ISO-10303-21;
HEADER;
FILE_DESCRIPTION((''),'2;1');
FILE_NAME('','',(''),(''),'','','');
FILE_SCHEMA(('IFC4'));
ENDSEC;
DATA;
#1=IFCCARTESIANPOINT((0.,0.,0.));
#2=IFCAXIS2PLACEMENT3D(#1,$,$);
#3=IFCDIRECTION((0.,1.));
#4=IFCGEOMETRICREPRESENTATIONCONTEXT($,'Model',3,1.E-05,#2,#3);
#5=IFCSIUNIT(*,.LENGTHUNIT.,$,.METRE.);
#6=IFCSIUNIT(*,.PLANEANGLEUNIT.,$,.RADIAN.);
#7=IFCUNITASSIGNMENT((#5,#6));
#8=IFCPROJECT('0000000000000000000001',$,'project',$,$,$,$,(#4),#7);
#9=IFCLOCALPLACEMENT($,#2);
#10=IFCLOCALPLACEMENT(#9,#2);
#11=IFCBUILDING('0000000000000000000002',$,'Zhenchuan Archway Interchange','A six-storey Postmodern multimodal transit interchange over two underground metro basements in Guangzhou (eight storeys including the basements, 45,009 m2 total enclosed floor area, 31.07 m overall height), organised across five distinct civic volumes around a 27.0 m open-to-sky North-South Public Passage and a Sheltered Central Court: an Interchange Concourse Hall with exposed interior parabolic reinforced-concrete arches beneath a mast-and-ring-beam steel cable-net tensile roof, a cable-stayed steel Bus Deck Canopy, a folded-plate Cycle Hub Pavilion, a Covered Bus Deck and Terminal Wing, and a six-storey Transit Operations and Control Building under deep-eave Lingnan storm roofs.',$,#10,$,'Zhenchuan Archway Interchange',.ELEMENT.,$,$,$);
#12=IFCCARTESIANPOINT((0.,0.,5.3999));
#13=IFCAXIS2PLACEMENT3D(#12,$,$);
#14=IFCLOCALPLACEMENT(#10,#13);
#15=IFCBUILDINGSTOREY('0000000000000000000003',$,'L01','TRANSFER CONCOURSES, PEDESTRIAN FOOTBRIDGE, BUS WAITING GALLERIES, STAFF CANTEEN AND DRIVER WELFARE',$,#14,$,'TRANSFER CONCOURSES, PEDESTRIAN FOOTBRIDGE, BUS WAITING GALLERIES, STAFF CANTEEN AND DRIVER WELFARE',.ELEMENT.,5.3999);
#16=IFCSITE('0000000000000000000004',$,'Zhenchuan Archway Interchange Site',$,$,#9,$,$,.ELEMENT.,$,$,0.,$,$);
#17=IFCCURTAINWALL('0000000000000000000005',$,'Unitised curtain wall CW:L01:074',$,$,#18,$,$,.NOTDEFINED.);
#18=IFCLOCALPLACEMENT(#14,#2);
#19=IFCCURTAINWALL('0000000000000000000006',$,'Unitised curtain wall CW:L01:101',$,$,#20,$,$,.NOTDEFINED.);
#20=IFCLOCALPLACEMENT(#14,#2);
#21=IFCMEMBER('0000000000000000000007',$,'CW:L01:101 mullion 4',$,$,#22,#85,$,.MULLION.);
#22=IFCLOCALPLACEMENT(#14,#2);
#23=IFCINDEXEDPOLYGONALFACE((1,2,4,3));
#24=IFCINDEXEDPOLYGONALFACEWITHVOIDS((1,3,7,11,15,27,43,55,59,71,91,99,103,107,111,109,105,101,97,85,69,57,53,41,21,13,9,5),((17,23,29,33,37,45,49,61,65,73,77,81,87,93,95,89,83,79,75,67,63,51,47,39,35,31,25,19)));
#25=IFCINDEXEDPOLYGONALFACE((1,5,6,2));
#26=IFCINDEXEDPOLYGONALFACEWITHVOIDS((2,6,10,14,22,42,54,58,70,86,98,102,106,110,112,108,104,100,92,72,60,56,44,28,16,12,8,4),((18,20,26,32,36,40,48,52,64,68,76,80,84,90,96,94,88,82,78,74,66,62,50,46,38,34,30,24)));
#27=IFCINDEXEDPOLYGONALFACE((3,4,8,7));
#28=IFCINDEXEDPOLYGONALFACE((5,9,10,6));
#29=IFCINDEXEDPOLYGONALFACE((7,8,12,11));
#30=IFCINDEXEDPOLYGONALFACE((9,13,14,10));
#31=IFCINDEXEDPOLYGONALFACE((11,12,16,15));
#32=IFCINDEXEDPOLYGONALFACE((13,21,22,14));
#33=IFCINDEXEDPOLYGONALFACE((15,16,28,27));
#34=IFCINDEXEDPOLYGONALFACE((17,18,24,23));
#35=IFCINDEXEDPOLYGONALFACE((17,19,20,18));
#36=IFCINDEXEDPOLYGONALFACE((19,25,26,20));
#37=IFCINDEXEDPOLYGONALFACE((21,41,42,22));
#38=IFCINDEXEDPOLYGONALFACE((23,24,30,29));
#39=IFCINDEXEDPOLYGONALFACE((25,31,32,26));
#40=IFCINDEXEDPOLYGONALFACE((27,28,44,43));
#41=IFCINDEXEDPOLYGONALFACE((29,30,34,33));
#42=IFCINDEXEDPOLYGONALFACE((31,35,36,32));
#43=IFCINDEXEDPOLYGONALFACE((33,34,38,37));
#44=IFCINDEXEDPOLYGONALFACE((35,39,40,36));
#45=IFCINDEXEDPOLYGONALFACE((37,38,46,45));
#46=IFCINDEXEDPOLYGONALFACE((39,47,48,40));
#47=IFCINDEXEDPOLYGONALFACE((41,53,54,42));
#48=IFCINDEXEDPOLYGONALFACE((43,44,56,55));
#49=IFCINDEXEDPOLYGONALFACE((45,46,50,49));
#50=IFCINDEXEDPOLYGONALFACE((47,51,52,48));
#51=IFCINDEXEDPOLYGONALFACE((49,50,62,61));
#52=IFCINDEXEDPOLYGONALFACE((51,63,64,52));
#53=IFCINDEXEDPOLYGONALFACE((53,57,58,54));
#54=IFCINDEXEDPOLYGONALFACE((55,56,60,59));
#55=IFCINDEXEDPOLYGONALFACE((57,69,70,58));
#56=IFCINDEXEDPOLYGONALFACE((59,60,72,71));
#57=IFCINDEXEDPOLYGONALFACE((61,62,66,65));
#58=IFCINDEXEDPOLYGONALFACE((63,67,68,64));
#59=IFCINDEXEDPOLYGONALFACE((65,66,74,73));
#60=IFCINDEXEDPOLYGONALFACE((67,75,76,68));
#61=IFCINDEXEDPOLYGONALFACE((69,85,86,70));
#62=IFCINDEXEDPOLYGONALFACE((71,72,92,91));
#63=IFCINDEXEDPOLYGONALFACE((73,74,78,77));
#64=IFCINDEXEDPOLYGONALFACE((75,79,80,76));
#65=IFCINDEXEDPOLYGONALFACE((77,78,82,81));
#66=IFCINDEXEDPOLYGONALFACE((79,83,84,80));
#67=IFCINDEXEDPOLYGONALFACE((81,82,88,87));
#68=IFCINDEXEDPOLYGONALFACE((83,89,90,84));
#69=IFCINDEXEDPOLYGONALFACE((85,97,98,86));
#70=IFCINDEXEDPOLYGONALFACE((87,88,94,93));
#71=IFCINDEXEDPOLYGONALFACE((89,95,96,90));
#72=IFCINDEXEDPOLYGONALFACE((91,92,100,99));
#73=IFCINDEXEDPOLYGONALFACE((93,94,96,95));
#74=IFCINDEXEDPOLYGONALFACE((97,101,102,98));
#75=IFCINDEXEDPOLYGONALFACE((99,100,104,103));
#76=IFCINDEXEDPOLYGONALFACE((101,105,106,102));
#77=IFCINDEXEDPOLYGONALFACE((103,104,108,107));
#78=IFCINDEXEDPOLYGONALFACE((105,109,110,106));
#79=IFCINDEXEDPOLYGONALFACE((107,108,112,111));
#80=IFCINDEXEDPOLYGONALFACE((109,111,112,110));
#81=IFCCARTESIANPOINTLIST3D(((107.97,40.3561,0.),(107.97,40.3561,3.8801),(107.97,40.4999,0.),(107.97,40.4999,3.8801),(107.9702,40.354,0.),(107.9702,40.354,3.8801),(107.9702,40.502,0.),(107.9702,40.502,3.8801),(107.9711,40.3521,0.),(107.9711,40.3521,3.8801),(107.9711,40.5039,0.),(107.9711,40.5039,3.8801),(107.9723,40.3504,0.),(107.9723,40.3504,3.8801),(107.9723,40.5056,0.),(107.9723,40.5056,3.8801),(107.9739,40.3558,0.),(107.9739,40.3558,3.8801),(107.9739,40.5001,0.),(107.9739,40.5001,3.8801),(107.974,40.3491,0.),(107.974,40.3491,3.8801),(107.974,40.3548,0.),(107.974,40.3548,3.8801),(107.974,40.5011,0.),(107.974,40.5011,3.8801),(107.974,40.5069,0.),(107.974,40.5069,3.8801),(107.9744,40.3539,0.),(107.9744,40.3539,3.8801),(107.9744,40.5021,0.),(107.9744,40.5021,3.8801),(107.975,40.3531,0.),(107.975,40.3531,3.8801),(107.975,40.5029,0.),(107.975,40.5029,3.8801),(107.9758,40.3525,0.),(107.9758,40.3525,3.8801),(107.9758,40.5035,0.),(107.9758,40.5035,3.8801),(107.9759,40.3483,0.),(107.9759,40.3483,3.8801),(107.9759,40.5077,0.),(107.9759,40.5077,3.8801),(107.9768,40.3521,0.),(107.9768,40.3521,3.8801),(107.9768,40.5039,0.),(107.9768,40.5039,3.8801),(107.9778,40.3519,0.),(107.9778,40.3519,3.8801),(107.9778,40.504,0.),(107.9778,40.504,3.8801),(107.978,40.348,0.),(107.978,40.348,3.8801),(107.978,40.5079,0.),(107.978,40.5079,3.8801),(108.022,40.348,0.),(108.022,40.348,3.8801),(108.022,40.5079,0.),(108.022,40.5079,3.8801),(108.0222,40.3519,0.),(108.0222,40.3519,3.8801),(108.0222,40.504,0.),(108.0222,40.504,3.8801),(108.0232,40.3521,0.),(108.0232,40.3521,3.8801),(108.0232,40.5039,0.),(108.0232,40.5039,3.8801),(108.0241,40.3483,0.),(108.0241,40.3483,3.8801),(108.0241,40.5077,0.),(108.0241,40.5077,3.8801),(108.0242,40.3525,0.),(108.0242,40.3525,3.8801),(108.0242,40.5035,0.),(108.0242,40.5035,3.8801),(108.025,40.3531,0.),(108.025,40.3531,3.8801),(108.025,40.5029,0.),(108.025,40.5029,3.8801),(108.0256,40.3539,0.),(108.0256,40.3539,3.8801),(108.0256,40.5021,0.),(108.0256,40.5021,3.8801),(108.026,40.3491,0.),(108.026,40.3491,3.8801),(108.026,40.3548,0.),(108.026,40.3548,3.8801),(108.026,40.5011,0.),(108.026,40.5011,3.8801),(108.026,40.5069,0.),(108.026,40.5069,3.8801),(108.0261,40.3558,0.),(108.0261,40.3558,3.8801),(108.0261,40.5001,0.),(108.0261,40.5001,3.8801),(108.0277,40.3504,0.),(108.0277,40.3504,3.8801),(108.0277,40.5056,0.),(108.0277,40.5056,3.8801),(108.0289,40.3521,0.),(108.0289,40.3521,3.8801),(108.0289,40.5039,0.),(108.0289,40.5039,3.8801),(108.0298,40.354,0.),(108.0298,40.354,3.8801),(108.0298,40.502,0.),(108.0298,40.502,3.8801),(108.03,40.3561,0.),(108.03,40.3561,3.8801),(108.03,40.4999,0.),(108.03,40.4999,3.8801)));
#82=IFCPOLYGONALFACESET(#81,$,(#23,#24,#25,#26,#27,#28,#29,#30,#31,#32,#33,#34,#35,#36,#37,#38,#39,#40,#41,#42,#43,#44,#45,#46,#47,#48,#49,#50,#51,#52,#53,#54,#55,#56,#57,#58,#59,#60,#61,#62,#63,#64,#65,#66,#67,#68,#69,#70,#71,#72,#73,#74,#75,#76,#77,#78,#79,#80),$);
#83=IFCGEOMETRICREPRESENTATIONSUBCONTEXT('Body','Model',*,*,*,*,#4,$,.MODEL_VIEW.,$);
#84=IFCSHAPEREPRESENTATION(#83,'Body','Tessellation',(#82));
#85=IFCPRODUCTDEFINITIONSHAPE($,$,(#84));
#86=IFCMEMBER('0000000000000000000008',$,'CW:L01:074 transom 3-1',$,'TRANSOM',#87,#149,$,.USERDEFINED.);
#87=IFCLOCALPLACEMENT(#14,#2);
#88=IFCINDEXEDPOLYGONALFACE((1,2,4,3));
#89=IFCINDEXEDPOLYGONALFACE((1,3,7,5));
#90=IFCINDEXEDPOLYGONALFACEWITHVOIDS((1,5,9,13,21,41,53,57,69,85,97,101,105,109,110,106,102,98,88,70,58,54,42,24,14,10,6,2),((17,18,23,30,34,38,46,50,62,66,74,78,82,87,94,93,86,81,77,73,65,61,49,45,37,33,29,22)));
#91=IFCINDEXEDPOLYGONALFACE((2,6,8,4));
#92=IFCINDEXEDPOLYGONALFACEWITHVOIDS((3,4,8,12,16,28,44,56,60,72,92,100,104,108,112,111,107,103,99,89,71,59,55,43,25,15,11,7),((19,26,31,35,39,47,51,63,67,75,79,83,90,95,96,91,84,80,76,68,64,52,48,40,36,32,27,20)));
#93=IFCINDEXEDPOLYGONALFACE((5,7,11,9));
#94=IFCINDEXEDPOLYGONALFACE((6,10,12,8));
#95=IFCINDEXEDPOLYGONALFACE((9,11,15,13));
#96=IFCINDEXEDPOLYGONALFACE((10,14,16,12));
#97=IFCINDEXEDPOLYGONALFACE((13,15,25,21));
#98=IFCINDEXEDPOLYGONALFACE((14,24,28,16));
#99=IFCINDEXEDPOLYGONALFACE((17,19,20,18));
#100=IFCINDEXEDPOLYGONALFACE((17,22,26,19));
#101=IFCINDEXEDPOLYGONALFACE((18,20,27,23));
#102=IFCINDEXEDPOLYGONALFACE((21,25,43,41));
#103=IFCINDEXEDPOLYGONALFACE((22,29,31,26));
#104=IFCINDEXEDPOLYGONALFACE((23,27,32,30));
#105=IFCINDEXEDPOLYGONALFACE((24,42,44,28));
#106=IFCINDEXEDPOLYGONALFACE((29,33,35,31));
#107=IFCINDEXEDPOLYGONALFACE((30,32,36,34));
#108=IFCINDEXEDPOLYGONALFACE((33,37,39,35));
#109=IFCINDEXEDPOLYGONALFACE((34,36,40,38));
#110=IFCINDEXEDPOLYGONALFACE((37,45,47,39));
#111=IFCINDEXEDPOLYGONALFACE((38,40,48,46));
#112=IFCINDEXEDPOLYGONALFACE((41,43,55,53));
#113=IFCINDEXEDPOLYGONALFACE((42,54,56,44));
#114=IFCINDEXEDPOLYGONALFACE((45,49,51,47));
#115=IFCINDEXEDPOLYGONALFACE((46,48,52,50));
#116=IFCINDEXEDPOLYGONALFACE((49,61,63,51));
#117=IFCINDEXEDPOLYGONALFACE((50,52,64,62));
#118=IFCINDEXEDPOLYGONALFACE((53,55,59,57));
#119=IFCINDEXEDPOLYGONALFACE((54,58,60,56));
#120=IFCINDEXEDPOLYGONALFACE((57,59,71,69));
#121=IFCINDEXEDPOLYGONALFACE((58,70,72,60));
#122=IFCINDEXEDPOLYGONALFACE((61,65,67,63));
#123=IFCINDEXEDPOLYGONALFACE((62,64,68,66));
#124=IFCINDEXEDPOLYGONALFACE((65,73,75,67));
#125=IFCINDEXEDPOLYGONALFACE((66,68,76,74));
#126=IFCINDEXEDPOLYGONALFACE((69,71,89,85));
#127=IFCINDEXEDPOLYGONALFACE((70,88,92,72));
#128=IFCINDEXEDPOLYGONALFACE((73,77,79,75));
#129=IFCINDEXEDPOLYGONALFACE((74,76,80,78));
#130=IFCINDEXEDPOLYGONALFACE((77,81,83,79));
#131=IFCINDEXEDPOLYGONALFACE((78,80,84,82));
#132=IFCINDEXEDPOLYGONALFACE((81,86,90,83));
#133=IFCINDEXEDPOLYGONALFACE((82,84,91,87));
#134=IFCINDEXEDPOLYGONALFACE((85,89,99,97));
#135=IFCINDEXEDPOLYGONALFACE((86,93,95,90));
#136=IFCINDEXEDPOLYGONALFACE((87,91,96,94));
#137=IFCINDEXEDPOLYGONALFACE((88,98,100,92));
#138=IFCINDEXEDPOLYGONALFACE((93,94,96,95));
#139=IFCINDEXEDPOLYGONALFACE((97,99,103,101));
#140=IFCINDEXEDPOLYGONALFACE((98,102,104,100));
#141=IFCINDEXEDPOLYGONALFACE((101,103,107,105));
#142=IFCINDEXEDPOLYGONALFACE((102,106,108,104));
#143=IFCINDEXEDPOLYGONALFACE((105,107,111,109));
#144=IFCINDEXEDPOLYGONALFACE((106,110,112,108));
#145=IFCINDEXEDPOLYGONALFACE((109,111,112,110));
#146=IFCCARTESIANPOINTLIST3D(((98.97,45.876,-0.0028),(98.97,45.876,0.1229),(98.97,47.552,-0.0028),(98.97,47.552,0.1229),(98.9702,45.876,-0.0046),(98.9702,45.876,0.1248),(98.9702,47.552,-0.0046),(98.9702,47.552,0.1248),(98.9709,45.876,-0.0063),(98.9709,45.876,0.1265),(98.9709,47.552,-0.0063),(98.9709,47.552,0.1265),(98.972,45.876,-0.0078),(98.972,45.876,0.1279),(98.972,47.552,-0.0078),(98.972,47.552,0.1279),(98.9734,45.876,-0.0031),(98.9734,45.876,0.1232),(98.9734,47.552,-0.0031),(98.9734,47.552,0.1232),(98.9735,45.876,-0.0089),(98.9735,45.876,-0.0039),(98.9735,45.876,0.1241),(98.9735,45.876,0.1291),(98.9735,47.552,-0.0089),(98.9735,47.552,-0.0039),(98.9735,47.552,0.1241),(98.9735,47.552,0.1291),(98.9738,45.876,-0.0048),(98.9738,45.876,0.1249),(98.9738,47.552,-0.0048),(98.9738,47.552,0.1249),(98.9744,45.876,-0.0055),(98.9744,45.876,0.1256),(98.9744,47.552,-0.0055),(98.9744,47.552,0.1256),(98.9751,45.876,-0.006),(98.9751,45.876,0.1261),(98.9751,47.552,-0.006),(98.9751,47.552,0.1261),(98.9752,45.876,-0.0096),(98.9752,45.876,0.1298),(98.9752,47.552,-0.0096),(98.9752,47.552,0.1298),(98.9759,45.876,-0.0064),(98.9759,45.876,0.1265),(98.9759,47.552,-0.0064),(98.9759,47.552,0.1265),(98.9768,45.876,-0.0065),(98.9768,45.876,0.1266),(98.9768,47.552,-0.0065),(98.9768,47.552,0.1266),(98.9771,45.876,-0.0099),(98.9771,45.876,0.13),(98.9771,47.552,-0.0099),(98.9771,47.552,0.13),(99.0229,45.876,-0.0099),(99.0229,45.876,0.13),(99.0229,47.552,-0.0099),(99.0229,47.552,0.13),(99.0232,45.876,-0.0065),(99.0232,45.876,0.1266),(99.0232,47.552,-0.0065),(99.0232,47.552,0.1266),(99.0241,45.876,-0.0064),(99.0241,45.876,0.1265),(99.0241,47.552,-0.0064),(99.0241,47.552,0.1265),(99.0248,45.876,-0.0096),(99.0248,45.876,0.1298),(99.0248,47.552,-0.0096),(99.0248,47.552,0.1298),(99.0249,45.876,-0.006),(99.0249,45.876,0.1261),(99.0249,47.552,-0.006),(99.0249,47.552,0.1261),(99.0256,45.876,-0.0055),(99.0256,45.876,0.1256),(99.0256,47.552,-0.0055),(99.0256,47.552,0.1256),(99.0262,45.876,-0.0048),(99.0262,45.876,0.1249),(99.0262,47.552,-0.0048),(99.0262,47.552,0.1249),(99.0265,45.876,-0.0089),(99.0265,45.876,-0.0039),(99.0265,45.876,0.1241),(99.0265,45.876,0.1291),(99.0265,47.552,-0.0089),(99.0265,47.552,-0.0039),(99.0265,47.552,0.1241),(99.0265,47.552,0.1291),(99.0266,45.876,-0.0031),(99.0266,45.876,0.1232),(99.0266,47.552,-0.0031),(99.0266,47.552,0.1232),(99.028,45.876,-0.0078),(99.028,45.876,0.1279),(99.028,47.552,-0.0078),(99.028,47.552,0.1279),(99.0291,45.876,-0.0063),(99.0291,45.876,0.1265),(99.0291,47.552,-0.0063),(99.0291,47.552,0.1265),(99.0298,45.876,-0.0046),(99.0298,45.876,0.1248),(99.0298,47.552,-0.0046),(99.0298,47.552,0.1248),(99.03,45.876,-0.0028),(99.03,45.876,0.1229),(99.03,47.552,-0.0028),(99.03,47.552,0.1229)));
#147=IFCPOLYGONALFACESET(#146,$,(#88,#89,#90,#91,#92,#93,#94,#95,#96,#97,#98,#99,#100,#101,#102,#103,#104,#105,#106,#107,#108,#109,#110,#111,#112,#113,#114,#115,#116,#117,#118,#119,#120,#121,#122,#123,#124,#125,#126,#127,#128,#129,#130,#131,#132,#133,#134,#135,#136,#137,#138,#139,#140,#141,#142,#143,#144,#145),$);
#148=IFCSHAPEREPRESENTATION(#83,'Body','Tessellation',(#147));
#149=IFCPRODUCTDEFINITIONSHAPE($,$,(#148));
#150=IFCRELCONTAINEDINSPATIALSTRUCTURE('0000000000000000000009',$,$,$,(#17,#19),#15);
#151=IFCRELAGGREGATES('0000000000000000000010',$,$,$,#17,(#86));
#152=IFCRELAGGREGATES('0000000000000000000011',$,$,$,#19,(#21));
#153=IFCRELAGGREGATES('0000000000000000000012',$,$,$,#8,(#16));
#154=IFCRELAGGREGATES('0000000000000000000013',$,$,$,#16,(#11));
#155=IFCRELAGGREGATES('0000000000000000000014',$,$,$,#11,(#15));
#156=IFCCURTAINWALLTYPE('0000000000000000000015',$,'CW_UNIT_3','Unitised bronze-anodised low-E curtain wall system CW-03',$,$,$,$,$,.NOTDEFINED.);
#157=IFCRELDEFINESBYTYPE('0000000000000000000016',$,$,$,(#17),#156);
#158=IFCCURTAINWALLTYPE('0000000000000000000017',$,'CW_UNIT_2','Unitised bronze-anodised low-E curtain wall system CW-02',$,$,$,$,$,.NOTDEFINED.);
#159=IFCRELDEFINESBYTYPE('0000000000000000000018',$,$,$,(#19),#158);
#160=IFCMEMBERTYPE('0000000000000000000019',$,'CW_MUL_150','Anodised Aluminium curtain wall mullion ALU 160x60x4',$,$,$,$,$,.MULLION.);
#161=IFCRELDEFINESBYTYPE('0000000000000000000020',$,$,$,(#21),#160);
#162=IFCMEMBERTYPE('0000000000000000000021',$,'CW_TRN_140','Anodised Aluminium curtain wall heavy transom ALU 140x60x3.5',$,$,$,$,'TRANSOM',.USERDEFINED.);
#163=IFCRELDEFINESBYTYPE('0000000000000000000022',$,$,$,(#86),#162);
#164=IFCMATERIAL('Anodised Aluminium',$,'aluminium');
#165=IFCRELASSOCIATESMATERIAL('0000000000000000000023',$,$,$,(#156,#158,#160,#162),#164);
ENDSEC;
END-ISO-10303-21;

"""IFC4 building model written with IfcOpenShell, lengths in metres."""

from ifc_helpers import new_model, si_unit, direction, frame, origin, origin_2d, place, context, subcontext, project, spatial, hollow_rectangle, extrude, material, material_profile, profile_set, type_object, element, aggregate, save


model = new_model("IFC4")

# Units and contexts
model_context = context("Model", 3, precision=1e-05, world=origin(), true_north=direction((0.0, 1.0)))
body_context = subcontext(model_context, "Body", "Model", "MODEL_VIEW")
ifc_project = project(units=[si_unit("LENGTHUNIT", "METRE"), si_unit("PLANEANGLEUNIT", "RADIAN")], contexts=[model_context])

# Site, building, storey
site_placement = place(None, origin())
site = spatial("IfcSite", under=ifc_project, at=site_placement, Name="Zhenchuan Archway Interchange Site", CompositionType="ELEMENT", RefElevation=0.0)
building_placement = place(site_placement, origin())
building = spatial("IfcBuilding", under=site, at=building_placement, Name="Zhenchuan Archway Interchange", Description="A six-storey Postmodern multimodal transit interchange over two underground metro basements in Guangzhou (eight storeys including the basements, 45,009 m2 total enclosed floor area, 31.07 m overall height), organised across five distinct civic volumes around a 27.0 m open-to-sky North-South Public Passage and a Sheltered Central Court: an Interchange Concourse Hall with exposed interior parabolic reinforced-concrete arches beneath a mast-and-ring-beam steel cable-net tensile roof, a cable-stayed steel Bus Deck Canopy, a folded-plate Cycle Hub Pavilion, a Covered Bus Deck and Terminal Wing, and a six-storey Transit Operations and Control Building under deep-eave Lingnan storm roofs.", LongName="Zhenchuan Archway Interchange", CompositionType="ELEMENT")
storey_placement = place(building_placement, frame((0.0, 0.0, 5.3999)))
storey = spatial("IfcBuildingStorey", under=building, at=storey_placement, Name="L01", Description="TRANSFER CONCOURSES, PEDESTRIAN FOOTBRIDGE, BUS WAITING GALLERIES, STAFF CANTEEN AND DRIVER WELFARE", LongName="TRANSFER CONCOURSES, PEDESTRIAN FOOTBRIDGE, BUS WAITING GALLERIES, STAFF CANTEEN AND DRIVER WELFARE", CompositionType="ELEMENT", Elevation=5.3999)

# Curtain wall
ifc_material_1 = material(Name="Anodised Aluminium", Category="aluminium")
curtain_wall_type_1 = type_object("IfcCurtainWallType", Name="CW_UNIT_3", Description="Unitised bronze-anodised low-E curtain wall system CW-03", PredefinedType="NOTDEFINED", material=ifc_material_1)
curtain_wall_1_placement = place(storey_placement, origin())
curtain_wall_1 = element("IfcCurtainWall", 1, at=curtain_wall_1_placement, inside=storey, type_object=curtain_wall_type_1, Name="Unitised curtain wall CW:L01:074", PredefinedType="NOTDEFINED")
ifc_material_profile_1 = material_profile(ifc_material_1, hollow_rectangle(XDim=0.0601, YDim=0.1599, WallThickness=0.0039, InnerFilletRadius=0.0039, OuterFilletRadius=0.0081, at=origin_2d()), Name="ALU 160x60x4")
ifc_profile_set_1 = profile_set([ifc_material_profile_1], Name="Anodised Aluminium")
member_type_1 = type_object("IfcMemberType", Name="CW_MUL_150", Description="Anodised Aluminium curtain wall mullion ALU 160x60x4", PredefinedType="MULLION", material=ifc_profile_set_1)

# Curtain wall, member
curtain_wall_type_2 = type_object("IfcCurtainWallType", Name="CW_UNIT_2", Description="Unitised bronze-anodised low-E curtain wall system CW-02", PredefinedType="NOTDEFINED", material=ifc_material_1)
curtain_wall_2_placement = place(storey_placement, origin())
curtain_wall_2 = element("IfcCurtainWall", 2, at=curtain_wall_2_placement, inside=storey, type_object=curtain_wall_type_2, Name="Unitised curtain wall CW:L01:101", PredefinedType="NOTDEFINED")
member_1_placement = place(storey_placement, frame((108.0, 40.428, 0.0), z_axis=(0.0, 0.0, 1.0), x_axis=(1.0, 0.0, 0.0)))
member_1 = element("IfcMember", 3, at=member_1_placement, type_object=member_type_1, Name="CW:L01:101 mullion 4", PredefinedType="MULLION", context=body_context, shape_type="SweptSolid", body=[
    extrude(hollow_rectangle(XDim=0.0601, YDim=0.1599, WallThickness=0.0039, InnerFilletRadius=0.0039, OuterFilletRadius=0.0081, at=origin_2d()), origin(), (0.0, 0.0, 1.0), 3.8801),
])

# Member
ifc_material_profile_2 = material_profile(ifc_material_1, hollow_rectangle(XDim=0.0601, YDim=0.1399, WallThickness=0.0034, InnerFilletRadius=0.0034, OuterFilletRadius=0.0071, at=origin_2d()), Name="ALU 140x60x3.5")
ifc_profile_set_2 = profile_set([ifc_material_profile_2], Name="Anodised Aluminium")
member_type_2 = type_object("IfcMemberType", Name="CW_TRN_140", Description="Anodised Aluminium curtain wall heavy transom ALU 140x60x3.5", ElementType="TRANSOM", PredefinedType="USERDEFINED", material=ifc_profile_set_2)
member_2_placement = place(storey_placement, frame((99.0, 45.876, 0.0601), z_axis=(0.0, 1.0, 0.0), x_axis=(-1.0, 0.0, 0.0)))
member_2 = element("IfcMember", 4, at=member_2_placement, type_object=member_type_2, Name="CW:L01:074 transom 3-1", ObjectType="TRANSOM", PredefinedType="USERDEFINED", context=body_context, shape_type="SweptSolid", body=[
    extrude(hollow_rectangle(XDim=0.0601, YDim=0.1399, WallThickness=0.0034, InnerFilletRadius=0.0034, OuterFilletRadius=0.0071, at=origin_2d()), origin(), (0.0, 0.0, 1.0), 1.676),
])

aggregate(curtain_wall_1, [member_2])
aggregate(curtain_wall_2, [member_1])

save(model, "model.ifc")
